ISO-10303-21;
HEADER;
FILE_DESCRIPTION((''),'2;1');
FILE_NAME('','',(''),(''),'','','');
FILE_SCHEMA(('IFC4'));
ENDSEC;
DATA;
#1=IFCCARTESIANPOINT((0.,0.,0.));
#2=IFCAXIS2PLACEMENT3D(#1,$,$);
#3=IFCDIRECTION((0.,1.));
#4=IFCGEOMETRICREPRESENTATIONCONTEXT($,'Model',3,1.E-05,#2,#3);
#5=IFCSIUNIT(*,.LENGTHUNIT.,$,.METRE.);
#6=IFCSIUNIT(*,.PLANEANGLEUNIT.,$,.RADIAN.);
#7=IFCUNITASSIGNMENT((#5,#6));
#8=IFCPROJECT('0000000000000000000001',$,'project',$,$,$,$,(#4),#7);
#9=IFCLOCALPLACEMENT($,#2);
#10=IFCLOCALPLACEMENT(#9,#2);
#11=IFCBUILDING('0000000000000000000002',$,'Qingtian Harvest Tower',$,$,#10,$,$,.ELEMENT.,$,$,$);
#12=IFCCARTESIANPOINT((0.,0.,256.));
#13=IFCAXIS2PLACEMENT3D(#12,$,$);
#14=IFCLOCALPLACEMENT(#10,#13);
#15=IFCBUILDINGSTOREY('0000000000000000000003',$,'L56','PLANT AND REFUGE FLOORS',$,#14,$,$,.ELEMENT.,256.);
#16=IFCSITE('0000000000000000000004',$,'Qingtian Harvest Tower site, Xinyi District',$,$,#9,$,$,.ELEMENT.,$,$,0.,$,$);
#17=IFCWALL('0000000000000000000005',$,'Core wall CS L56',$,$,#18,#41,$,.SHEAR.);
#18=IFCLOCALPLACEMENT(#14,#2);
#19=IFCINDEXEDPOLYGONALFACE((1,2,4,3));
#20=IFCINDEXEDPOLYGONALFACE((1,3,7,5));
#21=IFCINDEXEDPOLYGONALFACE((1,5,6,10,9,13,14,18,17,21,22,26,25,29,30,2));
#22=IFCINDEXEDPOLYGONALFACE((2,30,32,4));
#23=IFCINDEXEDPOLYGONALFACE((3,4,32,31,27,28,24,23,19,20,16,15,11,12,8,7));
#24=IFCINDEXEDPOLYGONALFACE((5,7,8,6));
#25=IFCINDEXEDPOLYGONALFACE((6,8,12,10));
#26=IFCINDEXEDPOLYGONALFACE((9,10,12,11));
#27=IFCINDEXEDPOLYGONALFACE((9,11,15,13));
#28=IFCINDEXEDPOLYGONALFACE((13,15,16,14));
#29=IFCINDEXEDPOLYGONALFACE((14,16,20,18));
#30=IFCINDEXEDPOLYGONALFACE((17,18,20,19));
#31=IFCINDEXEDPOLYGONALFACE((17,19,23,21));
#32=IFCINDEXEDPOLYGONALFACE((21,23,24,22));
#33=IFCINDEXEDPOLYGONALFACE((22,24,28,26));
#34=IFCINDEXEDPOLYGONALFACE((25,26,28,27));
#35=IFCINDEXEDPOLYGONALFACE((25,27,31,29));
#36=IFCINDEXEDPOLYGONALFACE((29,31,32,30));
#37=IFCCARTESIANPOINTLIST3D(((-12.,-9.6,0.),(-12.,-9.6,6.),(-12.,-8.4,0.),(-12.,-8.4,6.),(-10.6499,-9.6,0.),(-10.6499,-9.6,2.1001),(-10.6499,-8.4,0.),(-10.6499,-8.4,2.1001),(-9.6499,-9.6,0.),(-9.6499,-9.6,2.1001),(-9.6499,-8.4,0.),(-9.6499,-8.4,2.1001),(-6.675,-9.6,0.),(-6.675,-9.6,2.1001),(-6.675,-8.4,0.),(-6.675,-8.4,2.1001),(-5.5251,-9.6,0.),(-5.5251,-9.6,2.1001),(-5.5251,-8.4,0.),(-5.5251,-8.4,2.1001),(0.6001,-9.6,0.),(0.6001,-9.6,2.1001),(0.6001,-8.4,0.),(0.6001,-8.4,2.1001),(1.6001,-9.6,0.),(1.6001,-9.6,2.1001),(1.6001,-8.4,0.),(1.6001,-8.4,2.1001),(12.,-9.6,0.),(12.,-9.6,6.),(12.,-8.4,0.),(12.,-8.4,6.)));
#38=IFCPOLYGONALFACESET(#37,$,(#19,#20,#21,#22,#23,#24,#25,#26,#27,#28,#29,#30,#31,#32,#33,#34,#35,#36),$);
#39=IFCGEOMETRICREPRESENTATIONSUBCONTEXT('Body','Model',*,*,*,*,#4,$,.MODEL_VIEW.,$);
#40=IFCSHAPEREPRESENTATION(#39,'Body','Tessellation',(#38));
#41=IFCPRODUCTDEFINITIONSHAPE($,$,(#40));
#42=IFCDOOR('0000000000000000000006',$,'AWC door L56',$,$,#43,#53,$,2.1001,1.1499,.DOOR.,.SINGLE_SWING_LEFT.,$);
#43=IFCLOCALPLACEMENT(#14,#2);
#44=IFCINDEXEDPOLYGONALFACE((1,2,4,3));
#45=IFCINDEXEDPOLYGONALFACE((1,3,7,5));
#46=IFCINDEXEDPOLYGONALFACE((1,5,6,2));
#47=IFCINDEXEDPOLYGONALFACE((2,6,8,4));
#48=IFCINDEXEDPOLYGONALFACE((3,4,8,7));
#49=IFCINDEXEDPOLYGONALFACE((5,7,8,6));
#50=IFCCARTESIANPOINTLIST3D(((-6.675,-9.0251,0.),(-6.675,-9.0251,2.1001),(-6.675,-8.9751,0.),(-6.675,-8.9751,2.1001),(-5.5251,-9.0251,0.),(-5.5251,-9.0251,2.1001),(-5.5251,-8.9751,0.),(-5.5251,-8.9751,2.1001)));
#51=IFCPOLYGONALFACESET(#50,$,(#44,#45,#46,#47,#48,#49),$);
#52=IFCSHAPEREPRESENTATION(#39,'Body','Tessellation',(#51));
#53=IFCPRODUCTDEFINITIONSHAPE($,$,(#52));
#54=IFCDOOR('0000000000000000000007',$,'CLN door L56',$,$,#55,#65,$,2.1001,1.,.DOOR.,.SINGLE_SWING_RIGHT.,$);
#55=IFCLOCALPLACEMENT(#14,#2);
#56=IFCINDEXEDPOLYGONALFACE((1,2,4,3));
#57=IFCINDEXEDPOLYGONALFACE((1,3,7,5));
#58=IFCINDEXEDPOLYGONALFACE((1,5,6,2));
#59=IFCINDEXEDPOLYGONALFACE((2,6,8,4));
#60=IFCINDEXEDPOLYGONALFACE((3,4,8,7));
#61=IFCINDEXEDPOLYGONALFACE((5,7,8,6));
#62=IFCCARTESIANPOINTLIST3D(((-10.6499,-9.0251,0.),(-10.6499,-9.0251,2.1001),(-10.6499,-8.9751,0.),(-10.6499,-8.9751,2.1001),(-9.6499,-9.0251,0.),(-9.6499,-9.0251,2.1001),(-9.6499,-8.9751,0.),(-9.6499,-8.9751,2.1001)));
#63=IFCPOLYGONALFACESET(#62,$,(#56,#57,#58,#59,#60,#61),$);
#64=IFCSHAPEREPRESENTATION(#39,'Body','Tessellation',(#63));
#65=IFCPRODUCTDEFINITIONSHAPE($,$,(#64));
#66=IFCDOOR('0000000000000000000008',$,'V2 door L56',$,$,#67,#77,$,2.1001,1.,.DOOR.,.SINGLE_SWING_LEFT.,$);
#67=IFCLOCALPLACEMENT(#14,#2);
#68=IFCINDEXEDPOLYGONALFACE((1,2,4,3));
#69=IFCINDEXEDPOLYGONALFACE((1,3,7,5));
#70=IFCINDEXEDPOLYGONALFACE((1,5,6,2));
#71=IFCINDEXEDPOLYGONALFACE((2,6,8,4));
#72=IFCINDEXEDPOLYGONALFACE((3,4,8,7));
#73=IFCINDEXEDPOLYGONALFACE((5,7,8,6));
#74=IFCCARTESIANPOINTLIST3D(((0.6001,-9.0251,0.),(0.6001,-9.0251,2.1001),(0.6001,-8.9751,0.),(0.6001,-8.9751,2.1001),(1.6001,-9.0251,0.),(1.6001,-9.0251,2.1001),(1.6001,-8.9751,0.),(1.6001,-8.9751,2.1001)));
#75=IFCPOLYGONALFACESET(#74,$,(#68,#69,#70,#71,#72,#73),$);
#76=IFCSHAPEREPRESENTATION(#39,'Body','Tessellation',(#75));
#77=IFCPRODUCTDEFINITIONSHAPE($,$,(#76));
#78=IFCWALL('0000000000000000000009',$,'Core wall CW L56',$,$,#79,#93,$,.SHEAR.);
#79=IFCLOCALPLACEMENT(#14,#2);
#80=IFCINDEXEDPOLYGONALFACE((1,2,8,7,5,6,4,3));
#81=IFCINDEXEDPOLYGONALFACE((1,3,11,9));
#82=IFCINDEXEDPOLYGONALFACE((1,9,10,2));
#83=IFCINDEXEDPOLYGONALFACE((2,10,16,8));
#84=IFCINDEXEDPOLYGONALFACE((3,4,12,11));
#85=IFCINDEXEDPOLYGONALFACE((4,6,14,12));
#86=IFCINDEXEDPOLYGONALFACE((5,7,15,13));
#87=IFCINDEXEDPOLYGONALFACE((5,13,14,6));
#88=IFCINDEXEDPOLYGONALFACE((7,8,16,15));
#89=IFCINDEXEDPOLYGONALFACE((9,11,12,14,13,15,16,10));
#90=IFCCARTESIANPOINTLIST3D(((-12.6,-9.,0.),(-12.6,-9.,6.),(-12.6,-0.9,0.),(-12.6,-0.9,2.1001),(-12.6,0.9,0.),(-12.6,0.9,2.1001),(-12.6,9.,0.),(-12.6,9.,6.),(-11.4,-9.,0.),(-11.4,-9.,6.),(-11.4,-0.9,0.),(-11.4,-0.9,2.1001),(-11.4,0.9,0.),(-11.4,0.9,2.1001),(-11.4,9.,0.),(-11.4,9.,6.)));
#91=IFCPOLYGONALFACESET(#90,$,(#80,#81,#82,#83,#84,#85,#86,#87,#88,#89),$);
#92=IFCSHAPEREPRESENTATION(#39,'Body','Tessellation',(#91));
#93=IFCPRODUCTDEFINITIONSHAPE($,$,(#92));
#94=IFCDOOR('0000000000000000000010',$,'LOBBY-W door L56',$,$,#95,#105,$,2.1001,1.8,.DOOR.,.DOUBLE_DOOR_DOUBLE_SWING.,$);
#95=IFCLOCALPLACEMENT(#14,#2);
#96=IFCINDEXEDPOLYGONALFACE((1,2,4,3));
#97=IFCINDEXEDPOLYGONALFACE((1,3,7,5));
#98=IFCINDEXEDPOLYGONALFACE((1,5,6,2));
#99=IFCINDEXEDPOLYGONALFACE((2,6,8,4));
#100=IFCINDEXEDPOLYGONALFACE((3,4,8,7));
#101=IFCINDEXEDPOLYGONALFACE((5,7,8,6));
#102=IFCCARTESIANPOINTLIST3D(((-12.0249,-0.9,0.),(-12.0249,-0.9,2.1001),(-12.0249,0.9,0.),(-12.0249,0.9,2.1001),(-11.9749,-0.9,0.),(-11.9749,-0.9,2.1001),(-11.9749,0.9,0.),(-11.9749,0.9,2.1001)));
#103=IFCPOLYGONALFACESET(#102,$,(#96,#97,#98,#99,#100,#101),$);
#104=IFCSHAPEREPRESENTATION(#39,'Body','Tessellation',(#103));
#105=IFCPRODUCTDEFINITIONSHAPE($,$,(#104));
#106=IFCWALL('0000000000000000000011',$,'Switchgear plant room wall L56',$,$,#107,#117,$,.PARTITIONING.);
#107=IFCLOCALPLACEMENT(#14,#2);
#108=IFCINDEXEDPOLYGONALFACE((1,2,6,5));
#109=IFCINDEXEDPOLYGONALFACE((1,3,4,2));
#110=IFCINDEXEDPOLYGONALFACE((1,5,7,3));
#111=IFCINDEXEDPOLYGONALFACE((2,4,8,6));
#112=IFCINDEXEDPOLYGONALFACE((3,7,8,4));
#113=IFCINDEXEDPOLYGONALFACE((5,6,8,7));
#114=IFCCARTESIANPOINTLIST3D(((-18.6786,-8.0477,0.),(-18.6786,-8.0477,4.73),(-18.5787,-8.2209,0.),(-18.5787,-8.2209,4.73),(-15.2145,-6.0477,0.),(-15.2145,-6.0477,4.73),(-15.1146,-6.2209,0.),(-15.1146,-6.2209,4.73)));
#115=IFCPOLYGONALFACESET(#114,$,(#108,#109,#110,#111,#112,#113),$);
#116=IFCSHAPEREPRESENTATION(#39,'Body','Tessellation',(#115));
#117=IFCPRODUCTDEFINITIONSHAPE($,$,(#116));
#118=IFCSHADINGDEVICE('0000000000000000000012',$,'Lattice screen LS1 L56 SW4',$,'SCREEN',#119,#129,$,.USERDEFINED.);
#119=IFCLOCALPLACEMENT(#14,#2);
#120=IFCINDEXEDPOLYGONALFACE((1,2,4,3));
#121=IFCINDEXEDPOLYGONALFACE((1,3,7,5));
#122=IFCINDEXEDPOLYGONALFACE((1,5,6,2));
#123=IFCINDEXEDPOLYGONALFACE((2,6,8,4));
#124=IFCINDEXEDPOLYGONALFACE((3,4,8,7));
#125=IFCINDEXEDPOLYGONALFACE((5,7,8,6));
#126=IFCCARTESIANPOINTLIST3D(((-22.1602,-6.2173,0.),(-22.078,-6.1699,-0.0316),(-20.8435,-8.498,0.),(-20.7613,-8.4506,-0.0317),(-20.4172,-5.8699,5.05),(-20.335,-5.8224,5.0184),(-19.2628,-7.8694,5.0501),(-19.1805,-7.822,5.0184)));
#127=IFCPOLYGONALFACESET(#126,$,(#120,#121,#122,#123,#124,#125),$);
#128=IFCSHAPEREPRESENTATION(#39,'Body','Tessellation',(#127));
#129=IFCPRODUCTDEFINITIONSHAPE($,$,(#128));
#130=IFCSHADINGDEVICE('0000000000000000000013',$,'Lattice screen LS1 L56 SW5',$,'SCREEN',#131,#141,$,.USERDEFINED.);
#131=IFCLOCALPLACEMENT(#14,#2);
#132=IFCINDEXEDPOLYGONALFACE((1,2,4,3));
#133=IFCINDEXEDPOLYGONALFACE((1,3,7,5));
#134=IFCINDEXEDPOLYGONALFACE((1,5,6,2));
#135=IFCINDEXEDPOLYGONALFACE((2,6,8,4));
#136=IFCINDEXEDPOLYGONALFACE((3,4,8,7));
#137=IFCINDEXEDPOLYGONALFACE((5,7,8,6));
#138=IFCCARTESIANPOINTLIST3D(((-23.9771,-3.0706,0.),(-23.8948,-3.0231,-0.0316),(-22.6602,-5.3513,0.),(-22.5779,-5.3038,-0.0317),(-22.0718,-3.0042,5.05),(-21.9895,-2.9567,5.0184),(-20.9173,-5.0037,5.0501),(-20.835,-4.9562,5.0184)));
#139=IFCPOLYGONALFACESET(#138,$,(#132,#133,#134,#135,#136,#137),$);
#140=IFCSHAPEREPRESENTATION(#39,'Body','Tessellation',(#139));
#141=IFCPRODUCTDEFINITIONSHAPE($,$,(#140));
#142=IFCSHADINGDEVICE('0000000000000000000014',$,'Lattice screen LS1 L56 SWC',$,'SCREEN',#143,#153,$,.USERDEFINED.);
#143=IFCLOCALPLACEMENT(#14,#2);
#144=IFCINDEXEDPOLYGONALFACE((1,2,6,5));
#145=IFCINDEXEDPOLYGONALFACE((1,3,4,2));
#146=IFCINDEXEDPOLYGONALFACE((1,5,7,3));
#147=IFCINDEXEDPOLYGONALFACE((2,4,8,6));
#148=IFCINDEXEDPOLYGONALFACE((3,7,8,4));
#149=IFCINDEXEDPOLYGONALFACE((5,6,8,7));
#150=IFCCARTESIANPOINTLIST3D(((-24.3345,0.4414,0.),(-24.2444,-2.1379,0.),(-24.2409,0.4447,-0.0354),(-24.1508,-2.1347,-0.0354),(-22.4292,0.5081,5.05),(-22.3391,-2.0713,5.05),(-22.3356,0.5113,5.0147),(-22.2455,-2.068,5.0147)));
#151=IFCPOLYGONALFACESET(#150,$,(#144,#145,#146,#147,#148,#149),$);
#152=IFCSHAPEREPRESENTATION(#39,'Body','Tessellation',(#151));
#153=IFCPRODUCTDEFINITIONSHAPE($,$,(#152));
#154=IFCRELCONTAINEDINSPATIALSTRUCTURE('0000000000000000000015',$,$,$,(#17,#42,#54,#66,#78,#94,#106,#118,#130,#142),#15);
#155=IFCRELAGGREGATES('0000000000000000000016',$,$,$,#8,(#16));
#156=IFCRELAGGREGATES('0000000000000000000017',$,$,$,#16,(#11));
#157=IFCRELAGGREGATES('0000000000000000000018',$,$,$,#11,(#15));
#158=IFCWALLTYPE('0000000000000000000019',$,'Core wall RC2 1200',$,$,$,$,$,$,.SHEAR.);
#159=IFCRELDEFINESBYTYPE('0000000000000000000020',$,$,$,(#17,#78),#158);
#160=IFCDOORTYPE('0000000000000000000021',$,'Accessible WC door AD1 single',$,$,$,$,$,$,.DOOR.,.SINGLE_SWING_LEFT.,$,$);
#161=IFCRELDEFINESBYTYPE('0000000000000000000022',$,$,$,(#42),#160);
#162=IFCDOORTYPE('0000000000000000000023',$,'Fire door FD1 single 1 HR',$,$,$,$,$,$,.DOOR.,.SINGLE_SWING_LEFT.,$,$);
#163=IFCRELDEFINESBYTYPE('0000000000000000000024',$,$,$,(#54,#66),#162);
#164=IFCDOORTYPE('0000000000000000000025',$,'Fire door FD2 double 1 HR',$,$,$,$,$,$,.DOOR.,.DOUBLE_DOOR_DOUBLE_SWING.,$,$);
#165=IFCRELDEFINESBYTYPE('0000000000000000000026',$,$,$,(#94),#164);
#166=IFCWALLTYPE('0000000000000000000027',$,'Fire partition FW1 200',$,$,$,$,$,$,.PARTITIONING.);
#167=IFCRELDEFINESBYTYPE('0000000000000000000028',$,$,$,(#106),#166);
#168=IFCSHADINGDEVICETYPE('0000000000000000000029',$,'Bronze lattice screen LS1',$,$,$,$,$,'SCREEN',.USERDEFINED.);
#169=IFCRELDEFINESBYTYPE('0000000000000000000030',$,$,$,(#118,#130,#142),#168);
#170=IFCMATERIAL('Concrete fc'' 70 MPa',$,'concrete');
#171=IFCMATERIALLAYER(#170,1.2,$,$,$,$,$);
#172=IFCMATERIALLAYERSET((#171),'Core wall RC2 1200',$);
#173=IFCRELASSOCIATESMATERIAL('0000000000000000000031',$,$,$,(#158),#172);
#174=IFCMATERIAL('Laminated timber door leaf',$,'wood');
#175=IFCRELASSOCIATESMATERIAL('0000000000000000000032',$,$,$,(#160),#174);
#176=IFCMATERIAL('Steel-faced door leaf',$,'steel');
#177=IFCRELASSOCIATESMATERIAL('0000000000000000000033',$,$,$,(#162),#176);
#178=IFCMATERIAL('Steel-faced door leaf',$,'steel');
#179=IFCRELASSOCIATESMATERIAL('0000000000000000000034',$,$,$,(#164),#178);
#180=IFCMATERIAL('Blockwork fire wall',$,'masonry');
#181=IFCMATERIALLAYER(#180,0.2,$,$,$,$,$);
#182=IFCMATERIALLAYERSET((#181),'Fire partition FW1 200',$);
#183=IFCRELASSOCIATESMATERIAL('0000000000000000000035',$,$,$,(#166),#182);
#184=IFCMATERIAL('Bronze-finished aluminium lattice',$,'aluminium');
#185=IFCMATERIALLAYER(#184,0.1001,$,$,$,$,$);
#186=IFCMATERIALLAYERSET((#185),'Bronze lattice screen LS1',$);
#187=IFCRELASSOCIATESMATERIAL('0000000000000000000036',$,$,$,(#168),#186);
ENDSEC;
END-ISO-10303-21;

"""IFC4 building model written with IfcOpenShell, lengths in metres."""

from ifc_helpers import new_model, si_unit, direction, frame, frame_2d, origin, place, context, subcontext, project, spatial, polyline, rectangle, outline, extrude, material, layer, layer_set, type_object, element, fill, save


model = new_model("IFC4")

# Units and contexts
model_context = context("Model", 3, precision=1e-05, world=origin(), true_north=direction((0.0, 1.0)))
body_context = subcontext(model_context, "Body", "Model", "MODEL_VIEW")
ifc_project = project(units=[si_unit("LENGTHUNIT", "METRE"), si_unit("PLANEANGLEUNIT", "RADIAN")], contexts=[model_context])

# Site, building, storey
site_placement = place(None, origin())
site = spatial("IfcSite", under=ifc_project, at=site_placement, Name="Qingtian Harvest Tower site, Xinyi District", CompositionType="ELEMENT", RefElevation=0.0)
building_placement = place(site_placement, origin())
building = spatial("IfcBuilding", under=site, at=building_placement, Name="Qingtian Harvest Tower", CompositionType="ELEMENT")
storey_placement = place(building_placement, frame((0.0, 0.0, 256.0)))
storey = spatial("IfcBuildingStorey", under=building, at=storey_placement, Name="L56", Description="PLANT AND REFUGE FLOORS", CompositionType="ELEMENT", Elevation=256.0)

# Wall, openings, doors
ifc_material_1 = material(Name="Concrete fc' 70 MPa", Category="concrete")
ifc_layer_1 = layer(ifc_material_1, 1.2)
ifc_layer_set_1 = layer_set([ifc_layer_1], Name="Core wall RC2 1200")
wall_type_1 = type_object("IfcWallType", Name="Core wall RC2 1200", PredefinedType="SHEAR", material=ifc_layer_set_1)
wall_1_placement = place(storey_placement, frame((-12.0, -9.0, 0.0), z_axis=(0.0, 0.0, 1.0), x_axis=(1.0, 0.0, 0.0)))
wall_1 = element("IfcWall", 1, at=wall_1_placement, inside=storey, type_object=wall_type_1, Name="Core wall CS L56", PredefinedType="SHEAR", context=body_context, shape_type="SweptSolid", body=[
    extrude(rectangle(XDim=24.0, YDim=1.2, at=frame_2d((12.0, 0.0))), origin(), (0.0, 0.0, 1.0), 6.0),
])
opening_1_placement = place(wall_1_placement, frame((1.3501, 0.0, 0.0)))
opening_1 = element("IfcOpeningElement", 2, at=opening_1_placement, cuts=wall_1, PredefinedType="OPENING", context=body_context, shape_type="SweptSolid", body=[
    extrude(rectangle(XDim=1.0, YDim=2.1001, at=frame_2d((0.5, 1.05))), frame((0.0, 0.6099, 0.0), z_axis=(0.0, -1.0, 0.0), x_axis=(1.0, 0.0, 0.0)), (0.0, 0.0, 1.0), 1.22),
])
opening_2_placement = place(wall_1_placement, frame((5.325, 0.0, 0.0)))
opening_2 = element("IfcOpeningElement", 3, at=opening_2_placement, cuts=wall_1, PredefinedType="OPENING", context=body_context, shape_type="SweptSolid", body=[
    extrude(rectangle(XDim=1.1499, YDim=2.1001, at=frame_2d((0.575, 1.05))), frame((0.0, 0.6099, 0.0), z_axis=(0.0, -1.0, 0.0), x_axis=(1.0, 0.0, 0.0)), (0.0, 0.0, 1.0), 1.22),
])
opening_3_placement = place(wall_1_placement, frame((12.6001, 0.0, 0.0)))
opening_3 = element("IfcOpeningElement", 4, at=opening_3_placement, cuts=wall_1, PredefinedType="OPENING", context=body_context, shape_type="SweptSolid", body=[
    extrude(rectangle(XDim=1.0, YDim=2.1001, at=frame_2d((0.5, 1.05))), frame((0.0, 0.6099, 0.0), z_axis=(0.0, -1.0, 0.0), x_axis=(1.0, 0.0, 0.0)), (0.0, 0.0, 1.0), 1.22),
])
ifc_material_2 = material(Name="Laminated timber door leaf", Category="wood")
door_type_1 = type_object("IfcDoorType", Name="Accessible WC door AD1 single", OperationType="SINGLE_SWING_LEFT", PredefinedType="DOOR", material=ifc_material_2)
door_1_placement = place(opening_2_placement, origin())
door_1 = element("IfcDoor", 5, at=door_1_placement, inside=storey, type_object=door_type_1, Name="AWC door L56", OperationType="SINGLE_SWING_LEFT", OverallHeight=2.1001, OverallWidth=1.1499, PredefinedType="DOOR", context=body_context, shape_type="SweptSolid", body=[
    extrude(rectangle(XDim=1.1499, YDim=2.1001, at=frame_2d((0.575, 1.05))), frame((0.0, 0.0249, 0.0), z_axis=(0.0, -1.0, 0.0), x_axis=(1.0, 0.0, 0.0)), (0.0, 0.0, 1.0), 0.05),
])
fill(opening_2, door_1)
ifc_material_3 = material(Name="Steel-faced door leaf", Category="steel")
door_type_2 = type_object("IfcDoorType", Name="Fire door FD1 single 1 HR", OperationType="SINGLE_SWING_LEFT", PredefinedType="DOOR", material=ifc_material_3)
door_2_placement = place(opening_1_placement, origin())
door_2 = element("IfcDoor", 6, at=door_2_placement, inside=storey, type_object=door_type_2, Name="CLN door L56", OperationType="SINGLE_SWING_RIGHT", OverallHeight=2.1001, OverallWidth=1.0, PredefinedType="DOOR", context=body_context, shape_type="SweptSolid", body=[
    extrude(rectangle(XDim=1.0, YDim=2.1001, at=frame_2d((0.5, 1.05))), frame((0.0, 0.0249, 0.0), z_axis=(0.0, -1.0, 0.0), x_axis=(1.0, 0.0, 0.0)), (0.0, 0.0, 1.0), 0.05),
])
fill(opening_1, door_2)
door_3_placement = place(opening_3_placement, origin())
door_3 = element("IfcDoor", 7, at=door_3_placement, inside=storey, type_object=door_type_2, Name="V2 door L56", OperationType="SINGLE_SWING_LEFT", OverallHeight=2.1001, OverallWidth=1.0, PredefinedType="DOOR", context=body_context, shape_type="SweptSolid", body=[
    extrude(rectangle(XDim=1.0, YDim=2.1001, at=frame_2d((0.5, 1.05))), frame((0.0, 0.0249, 0.0), z_axis=(0.0, -1.0, 0.0), x_axis=(1.0, 0.0, 0.0)), (0.0, 0.0, 1.0), 0.05),
])
fill(opening_3, door_3)

# Wall, opening, door
wall_2_placement = place(storey_placement, frame((-12.0, -9.0, 0.0), z_axis=(0.0, 0.0, 1.0), x_axis=(0.0, 1.0, 0.0)))
wall_2 = element("IfcWall", 8, at=wall_2_placement, inside=storey, type_object=wall_type_1, Name="Core wall CW L56", PredefinedType="SHEAR", context=body_context, shape_type="SweptSolid", body=[
    extrude(rectangle(XDim=18.0, YDim=1.2, at=frame_2d((9.0, 0.0))), origin(), (0.0, 0.0, 1.0), 6.0),
])
opening_4_placement = place(wall_2_placement, frame((8.1001, 0.0, 0.0)))
opening_4 = element("IfcOpeningElement", 9, at=opening_4_placement, cuts=wall_2, PredefinedType="OPENING", context=body_context, shape_type="SweptSolid", body=[
    extrude(rectangle(XDim=1.8, YDim=2.1001, at=frame_2d((0.8999, 1.05))), frame((0.0, 0.6099, 0.0), z_axis=(0.0, -1.0, 0.0), x_axis=(1.0, 0.0, 0.0)), (0.0, 0.0, 1.0), 1.22),
])
ifc_material_4 = material(Name="Steel-faced door leaf", Category="steel")
door_type_3 = type_object("IfcDoorType", Name="Fire door FD2 double 1 HR", OperationType="DOUBLE_DOOR_DOUBLE_SWING", PredefinedType="DOOR", material=ifc_material_4)
door_4_placement = place(opening_4_placement, origin())
door_4 = element("IfcDoor", 10, at=door_4_placement, inside=storey, type_object=door_type_3, Name="LOBBY-W door L56", OperationType="DOUBLE_DOOR_DOUBLE_SWING", OverallHeight=2.1001, OverallWidth=1.8, PredefinedType="DOOR", context=body_context, shape_type="SweptSolid", body=[
    extrude(rectangle(XDim=1.8, YDim=2.1001, at=frame_2d((0.8999, 1.05))), frame((0.0, 0.0249, 0.0), z_axis=(0.0, -1.0, 0.0), x_axis=(1.0, 0.0, 0.0)), (0.0, 0.0, 1.0), 0.05),
])
fill(opening_4, door_4)

# Wall
ifc_material_5 = material(Name="Blockwork fire wall", Category="masonry")
ifc_layer_2 = layer(ifc_material_5, 0.2)
ifc_layer_set_2 = layer_set([ifc_layer_2], Name="Fire partition FW1 200")
wall_type_2 = type_object("IfcWallType", Name="Fire partition FW1 200", PredefinedType="PARTITIONING", material=ifc_layer_set_2)
wall_3_placement = place(storey_placement, frame((-18.6287, -8.1343, 0.0), z_axis=(0.0, 0.0, 1.0), x_axis=(0.866026, 0.499999, 0.0)))
element("IfcWall", 11, at=wall_3_placement, inside=storey, type_object=wall_type_2, Name="Switchgear plant room wall L56", PredefinedType="PARTITIONING", context=body_context, shape_type="SweptSolid", body=[
    extrude(rectangle(XDim=4.0, YDim=0.2, at=frame_2d((2.0, 0.0))), origin(), (0.0, 0.0, 1.0), 4.73),
])

# Shading devices
ifc_material_6 = material(Name="Bronze-finished aluminium lattice", Category="aluminium")
ifc_layer_3 = layer(ifc_material_6, 0.1001)
ifc_layer_set_3 = layer_set([ifc_layer_3], Name="Bronze lattice screen LS1")
shading_device_type = type_object("IfcShadingDeviceType", Name="Bronze lattice screen LS1", ElementType="SCREEN", PredefinedType="USERDEFINED", material=ifc_layer_set_3)
shading_device_1_placement = place(storey_placement, frame((-20.8435, -8.498, 0.0), z_axis=(-0.821591, -0.474341, 0.316209), x_axis=(-0.499992, 0.86603, 0.000013)))
element("IfcShadingDevice", 12, at=shading_device_1_placement, inside=storey, type_object=shading_device_type, Name="Lattice screen LS1 L56 SW4", ObjectType="SCREEN", PredefinedType="USERDEFINED", context=body_context, shape_type="SweptSolid", body=[
    extrude(outline(polyline([(0.0, 0.0), (2.6335, 0.0), (2.063, -5.3232), (-0.2459, -5.3232), (0.0, 0.0)])), origin(), (0.0, 0.0, -1.0), 0.1001),
])
shading_device_2_placement = place(storey_placement, frame((-22.6602, -5.3513, 0.0), z_axis=(-0.821573, -0.474377, 0.316203), x_axis=(-0.500033, 0.866007, 0.000002)))
element("IfcShadingDevice", 13, at=shading_device_2_placement, inside=storey, type_object=shading_device_type, Name="Lattice screen LS1 L56 SW5", ObjectType="SCREEN", PredefinedType="USERDEFINED", context=body_context, shape_type="SweptSolid", body=[
    extrude(outline(polyline([(0.0, 0.0), (2.6336, 0.0), (1.7385, -5.3232), (-0.5704, -5.3232), (0.0, 0.0)])), origin(), (0.0, 0.0, -1.0), 0.1001),
])
shading_device_3_placement = place(storey_placement, frame((-24.2444, -2.1379, 0.0), z_axis=(-0.934985, -0.032656, 0.353181), x_axis=(-0.034905, 0.999391, 0.0)))
element("IfcShadingDevice", 14, at=shading_device_3_placement, inside=storey, type_object=shading_device_type, Name="Lattice screen LS1 L56 SWC", ObjectType="SCREEN", PredefinedType="USERDEFINED", context=body_context, shape_type="SweptSolid", body=[
    extrude(outline(polyline([(0.0, 0.0), (2.5809, 0.0), (2.581, -5.3979), (0.0001, -5.3979), (0.0, 0.0)])), origin(), (0.0, 0.0, -1.0), 0.1001),
])

save(model, "model.ifc")
